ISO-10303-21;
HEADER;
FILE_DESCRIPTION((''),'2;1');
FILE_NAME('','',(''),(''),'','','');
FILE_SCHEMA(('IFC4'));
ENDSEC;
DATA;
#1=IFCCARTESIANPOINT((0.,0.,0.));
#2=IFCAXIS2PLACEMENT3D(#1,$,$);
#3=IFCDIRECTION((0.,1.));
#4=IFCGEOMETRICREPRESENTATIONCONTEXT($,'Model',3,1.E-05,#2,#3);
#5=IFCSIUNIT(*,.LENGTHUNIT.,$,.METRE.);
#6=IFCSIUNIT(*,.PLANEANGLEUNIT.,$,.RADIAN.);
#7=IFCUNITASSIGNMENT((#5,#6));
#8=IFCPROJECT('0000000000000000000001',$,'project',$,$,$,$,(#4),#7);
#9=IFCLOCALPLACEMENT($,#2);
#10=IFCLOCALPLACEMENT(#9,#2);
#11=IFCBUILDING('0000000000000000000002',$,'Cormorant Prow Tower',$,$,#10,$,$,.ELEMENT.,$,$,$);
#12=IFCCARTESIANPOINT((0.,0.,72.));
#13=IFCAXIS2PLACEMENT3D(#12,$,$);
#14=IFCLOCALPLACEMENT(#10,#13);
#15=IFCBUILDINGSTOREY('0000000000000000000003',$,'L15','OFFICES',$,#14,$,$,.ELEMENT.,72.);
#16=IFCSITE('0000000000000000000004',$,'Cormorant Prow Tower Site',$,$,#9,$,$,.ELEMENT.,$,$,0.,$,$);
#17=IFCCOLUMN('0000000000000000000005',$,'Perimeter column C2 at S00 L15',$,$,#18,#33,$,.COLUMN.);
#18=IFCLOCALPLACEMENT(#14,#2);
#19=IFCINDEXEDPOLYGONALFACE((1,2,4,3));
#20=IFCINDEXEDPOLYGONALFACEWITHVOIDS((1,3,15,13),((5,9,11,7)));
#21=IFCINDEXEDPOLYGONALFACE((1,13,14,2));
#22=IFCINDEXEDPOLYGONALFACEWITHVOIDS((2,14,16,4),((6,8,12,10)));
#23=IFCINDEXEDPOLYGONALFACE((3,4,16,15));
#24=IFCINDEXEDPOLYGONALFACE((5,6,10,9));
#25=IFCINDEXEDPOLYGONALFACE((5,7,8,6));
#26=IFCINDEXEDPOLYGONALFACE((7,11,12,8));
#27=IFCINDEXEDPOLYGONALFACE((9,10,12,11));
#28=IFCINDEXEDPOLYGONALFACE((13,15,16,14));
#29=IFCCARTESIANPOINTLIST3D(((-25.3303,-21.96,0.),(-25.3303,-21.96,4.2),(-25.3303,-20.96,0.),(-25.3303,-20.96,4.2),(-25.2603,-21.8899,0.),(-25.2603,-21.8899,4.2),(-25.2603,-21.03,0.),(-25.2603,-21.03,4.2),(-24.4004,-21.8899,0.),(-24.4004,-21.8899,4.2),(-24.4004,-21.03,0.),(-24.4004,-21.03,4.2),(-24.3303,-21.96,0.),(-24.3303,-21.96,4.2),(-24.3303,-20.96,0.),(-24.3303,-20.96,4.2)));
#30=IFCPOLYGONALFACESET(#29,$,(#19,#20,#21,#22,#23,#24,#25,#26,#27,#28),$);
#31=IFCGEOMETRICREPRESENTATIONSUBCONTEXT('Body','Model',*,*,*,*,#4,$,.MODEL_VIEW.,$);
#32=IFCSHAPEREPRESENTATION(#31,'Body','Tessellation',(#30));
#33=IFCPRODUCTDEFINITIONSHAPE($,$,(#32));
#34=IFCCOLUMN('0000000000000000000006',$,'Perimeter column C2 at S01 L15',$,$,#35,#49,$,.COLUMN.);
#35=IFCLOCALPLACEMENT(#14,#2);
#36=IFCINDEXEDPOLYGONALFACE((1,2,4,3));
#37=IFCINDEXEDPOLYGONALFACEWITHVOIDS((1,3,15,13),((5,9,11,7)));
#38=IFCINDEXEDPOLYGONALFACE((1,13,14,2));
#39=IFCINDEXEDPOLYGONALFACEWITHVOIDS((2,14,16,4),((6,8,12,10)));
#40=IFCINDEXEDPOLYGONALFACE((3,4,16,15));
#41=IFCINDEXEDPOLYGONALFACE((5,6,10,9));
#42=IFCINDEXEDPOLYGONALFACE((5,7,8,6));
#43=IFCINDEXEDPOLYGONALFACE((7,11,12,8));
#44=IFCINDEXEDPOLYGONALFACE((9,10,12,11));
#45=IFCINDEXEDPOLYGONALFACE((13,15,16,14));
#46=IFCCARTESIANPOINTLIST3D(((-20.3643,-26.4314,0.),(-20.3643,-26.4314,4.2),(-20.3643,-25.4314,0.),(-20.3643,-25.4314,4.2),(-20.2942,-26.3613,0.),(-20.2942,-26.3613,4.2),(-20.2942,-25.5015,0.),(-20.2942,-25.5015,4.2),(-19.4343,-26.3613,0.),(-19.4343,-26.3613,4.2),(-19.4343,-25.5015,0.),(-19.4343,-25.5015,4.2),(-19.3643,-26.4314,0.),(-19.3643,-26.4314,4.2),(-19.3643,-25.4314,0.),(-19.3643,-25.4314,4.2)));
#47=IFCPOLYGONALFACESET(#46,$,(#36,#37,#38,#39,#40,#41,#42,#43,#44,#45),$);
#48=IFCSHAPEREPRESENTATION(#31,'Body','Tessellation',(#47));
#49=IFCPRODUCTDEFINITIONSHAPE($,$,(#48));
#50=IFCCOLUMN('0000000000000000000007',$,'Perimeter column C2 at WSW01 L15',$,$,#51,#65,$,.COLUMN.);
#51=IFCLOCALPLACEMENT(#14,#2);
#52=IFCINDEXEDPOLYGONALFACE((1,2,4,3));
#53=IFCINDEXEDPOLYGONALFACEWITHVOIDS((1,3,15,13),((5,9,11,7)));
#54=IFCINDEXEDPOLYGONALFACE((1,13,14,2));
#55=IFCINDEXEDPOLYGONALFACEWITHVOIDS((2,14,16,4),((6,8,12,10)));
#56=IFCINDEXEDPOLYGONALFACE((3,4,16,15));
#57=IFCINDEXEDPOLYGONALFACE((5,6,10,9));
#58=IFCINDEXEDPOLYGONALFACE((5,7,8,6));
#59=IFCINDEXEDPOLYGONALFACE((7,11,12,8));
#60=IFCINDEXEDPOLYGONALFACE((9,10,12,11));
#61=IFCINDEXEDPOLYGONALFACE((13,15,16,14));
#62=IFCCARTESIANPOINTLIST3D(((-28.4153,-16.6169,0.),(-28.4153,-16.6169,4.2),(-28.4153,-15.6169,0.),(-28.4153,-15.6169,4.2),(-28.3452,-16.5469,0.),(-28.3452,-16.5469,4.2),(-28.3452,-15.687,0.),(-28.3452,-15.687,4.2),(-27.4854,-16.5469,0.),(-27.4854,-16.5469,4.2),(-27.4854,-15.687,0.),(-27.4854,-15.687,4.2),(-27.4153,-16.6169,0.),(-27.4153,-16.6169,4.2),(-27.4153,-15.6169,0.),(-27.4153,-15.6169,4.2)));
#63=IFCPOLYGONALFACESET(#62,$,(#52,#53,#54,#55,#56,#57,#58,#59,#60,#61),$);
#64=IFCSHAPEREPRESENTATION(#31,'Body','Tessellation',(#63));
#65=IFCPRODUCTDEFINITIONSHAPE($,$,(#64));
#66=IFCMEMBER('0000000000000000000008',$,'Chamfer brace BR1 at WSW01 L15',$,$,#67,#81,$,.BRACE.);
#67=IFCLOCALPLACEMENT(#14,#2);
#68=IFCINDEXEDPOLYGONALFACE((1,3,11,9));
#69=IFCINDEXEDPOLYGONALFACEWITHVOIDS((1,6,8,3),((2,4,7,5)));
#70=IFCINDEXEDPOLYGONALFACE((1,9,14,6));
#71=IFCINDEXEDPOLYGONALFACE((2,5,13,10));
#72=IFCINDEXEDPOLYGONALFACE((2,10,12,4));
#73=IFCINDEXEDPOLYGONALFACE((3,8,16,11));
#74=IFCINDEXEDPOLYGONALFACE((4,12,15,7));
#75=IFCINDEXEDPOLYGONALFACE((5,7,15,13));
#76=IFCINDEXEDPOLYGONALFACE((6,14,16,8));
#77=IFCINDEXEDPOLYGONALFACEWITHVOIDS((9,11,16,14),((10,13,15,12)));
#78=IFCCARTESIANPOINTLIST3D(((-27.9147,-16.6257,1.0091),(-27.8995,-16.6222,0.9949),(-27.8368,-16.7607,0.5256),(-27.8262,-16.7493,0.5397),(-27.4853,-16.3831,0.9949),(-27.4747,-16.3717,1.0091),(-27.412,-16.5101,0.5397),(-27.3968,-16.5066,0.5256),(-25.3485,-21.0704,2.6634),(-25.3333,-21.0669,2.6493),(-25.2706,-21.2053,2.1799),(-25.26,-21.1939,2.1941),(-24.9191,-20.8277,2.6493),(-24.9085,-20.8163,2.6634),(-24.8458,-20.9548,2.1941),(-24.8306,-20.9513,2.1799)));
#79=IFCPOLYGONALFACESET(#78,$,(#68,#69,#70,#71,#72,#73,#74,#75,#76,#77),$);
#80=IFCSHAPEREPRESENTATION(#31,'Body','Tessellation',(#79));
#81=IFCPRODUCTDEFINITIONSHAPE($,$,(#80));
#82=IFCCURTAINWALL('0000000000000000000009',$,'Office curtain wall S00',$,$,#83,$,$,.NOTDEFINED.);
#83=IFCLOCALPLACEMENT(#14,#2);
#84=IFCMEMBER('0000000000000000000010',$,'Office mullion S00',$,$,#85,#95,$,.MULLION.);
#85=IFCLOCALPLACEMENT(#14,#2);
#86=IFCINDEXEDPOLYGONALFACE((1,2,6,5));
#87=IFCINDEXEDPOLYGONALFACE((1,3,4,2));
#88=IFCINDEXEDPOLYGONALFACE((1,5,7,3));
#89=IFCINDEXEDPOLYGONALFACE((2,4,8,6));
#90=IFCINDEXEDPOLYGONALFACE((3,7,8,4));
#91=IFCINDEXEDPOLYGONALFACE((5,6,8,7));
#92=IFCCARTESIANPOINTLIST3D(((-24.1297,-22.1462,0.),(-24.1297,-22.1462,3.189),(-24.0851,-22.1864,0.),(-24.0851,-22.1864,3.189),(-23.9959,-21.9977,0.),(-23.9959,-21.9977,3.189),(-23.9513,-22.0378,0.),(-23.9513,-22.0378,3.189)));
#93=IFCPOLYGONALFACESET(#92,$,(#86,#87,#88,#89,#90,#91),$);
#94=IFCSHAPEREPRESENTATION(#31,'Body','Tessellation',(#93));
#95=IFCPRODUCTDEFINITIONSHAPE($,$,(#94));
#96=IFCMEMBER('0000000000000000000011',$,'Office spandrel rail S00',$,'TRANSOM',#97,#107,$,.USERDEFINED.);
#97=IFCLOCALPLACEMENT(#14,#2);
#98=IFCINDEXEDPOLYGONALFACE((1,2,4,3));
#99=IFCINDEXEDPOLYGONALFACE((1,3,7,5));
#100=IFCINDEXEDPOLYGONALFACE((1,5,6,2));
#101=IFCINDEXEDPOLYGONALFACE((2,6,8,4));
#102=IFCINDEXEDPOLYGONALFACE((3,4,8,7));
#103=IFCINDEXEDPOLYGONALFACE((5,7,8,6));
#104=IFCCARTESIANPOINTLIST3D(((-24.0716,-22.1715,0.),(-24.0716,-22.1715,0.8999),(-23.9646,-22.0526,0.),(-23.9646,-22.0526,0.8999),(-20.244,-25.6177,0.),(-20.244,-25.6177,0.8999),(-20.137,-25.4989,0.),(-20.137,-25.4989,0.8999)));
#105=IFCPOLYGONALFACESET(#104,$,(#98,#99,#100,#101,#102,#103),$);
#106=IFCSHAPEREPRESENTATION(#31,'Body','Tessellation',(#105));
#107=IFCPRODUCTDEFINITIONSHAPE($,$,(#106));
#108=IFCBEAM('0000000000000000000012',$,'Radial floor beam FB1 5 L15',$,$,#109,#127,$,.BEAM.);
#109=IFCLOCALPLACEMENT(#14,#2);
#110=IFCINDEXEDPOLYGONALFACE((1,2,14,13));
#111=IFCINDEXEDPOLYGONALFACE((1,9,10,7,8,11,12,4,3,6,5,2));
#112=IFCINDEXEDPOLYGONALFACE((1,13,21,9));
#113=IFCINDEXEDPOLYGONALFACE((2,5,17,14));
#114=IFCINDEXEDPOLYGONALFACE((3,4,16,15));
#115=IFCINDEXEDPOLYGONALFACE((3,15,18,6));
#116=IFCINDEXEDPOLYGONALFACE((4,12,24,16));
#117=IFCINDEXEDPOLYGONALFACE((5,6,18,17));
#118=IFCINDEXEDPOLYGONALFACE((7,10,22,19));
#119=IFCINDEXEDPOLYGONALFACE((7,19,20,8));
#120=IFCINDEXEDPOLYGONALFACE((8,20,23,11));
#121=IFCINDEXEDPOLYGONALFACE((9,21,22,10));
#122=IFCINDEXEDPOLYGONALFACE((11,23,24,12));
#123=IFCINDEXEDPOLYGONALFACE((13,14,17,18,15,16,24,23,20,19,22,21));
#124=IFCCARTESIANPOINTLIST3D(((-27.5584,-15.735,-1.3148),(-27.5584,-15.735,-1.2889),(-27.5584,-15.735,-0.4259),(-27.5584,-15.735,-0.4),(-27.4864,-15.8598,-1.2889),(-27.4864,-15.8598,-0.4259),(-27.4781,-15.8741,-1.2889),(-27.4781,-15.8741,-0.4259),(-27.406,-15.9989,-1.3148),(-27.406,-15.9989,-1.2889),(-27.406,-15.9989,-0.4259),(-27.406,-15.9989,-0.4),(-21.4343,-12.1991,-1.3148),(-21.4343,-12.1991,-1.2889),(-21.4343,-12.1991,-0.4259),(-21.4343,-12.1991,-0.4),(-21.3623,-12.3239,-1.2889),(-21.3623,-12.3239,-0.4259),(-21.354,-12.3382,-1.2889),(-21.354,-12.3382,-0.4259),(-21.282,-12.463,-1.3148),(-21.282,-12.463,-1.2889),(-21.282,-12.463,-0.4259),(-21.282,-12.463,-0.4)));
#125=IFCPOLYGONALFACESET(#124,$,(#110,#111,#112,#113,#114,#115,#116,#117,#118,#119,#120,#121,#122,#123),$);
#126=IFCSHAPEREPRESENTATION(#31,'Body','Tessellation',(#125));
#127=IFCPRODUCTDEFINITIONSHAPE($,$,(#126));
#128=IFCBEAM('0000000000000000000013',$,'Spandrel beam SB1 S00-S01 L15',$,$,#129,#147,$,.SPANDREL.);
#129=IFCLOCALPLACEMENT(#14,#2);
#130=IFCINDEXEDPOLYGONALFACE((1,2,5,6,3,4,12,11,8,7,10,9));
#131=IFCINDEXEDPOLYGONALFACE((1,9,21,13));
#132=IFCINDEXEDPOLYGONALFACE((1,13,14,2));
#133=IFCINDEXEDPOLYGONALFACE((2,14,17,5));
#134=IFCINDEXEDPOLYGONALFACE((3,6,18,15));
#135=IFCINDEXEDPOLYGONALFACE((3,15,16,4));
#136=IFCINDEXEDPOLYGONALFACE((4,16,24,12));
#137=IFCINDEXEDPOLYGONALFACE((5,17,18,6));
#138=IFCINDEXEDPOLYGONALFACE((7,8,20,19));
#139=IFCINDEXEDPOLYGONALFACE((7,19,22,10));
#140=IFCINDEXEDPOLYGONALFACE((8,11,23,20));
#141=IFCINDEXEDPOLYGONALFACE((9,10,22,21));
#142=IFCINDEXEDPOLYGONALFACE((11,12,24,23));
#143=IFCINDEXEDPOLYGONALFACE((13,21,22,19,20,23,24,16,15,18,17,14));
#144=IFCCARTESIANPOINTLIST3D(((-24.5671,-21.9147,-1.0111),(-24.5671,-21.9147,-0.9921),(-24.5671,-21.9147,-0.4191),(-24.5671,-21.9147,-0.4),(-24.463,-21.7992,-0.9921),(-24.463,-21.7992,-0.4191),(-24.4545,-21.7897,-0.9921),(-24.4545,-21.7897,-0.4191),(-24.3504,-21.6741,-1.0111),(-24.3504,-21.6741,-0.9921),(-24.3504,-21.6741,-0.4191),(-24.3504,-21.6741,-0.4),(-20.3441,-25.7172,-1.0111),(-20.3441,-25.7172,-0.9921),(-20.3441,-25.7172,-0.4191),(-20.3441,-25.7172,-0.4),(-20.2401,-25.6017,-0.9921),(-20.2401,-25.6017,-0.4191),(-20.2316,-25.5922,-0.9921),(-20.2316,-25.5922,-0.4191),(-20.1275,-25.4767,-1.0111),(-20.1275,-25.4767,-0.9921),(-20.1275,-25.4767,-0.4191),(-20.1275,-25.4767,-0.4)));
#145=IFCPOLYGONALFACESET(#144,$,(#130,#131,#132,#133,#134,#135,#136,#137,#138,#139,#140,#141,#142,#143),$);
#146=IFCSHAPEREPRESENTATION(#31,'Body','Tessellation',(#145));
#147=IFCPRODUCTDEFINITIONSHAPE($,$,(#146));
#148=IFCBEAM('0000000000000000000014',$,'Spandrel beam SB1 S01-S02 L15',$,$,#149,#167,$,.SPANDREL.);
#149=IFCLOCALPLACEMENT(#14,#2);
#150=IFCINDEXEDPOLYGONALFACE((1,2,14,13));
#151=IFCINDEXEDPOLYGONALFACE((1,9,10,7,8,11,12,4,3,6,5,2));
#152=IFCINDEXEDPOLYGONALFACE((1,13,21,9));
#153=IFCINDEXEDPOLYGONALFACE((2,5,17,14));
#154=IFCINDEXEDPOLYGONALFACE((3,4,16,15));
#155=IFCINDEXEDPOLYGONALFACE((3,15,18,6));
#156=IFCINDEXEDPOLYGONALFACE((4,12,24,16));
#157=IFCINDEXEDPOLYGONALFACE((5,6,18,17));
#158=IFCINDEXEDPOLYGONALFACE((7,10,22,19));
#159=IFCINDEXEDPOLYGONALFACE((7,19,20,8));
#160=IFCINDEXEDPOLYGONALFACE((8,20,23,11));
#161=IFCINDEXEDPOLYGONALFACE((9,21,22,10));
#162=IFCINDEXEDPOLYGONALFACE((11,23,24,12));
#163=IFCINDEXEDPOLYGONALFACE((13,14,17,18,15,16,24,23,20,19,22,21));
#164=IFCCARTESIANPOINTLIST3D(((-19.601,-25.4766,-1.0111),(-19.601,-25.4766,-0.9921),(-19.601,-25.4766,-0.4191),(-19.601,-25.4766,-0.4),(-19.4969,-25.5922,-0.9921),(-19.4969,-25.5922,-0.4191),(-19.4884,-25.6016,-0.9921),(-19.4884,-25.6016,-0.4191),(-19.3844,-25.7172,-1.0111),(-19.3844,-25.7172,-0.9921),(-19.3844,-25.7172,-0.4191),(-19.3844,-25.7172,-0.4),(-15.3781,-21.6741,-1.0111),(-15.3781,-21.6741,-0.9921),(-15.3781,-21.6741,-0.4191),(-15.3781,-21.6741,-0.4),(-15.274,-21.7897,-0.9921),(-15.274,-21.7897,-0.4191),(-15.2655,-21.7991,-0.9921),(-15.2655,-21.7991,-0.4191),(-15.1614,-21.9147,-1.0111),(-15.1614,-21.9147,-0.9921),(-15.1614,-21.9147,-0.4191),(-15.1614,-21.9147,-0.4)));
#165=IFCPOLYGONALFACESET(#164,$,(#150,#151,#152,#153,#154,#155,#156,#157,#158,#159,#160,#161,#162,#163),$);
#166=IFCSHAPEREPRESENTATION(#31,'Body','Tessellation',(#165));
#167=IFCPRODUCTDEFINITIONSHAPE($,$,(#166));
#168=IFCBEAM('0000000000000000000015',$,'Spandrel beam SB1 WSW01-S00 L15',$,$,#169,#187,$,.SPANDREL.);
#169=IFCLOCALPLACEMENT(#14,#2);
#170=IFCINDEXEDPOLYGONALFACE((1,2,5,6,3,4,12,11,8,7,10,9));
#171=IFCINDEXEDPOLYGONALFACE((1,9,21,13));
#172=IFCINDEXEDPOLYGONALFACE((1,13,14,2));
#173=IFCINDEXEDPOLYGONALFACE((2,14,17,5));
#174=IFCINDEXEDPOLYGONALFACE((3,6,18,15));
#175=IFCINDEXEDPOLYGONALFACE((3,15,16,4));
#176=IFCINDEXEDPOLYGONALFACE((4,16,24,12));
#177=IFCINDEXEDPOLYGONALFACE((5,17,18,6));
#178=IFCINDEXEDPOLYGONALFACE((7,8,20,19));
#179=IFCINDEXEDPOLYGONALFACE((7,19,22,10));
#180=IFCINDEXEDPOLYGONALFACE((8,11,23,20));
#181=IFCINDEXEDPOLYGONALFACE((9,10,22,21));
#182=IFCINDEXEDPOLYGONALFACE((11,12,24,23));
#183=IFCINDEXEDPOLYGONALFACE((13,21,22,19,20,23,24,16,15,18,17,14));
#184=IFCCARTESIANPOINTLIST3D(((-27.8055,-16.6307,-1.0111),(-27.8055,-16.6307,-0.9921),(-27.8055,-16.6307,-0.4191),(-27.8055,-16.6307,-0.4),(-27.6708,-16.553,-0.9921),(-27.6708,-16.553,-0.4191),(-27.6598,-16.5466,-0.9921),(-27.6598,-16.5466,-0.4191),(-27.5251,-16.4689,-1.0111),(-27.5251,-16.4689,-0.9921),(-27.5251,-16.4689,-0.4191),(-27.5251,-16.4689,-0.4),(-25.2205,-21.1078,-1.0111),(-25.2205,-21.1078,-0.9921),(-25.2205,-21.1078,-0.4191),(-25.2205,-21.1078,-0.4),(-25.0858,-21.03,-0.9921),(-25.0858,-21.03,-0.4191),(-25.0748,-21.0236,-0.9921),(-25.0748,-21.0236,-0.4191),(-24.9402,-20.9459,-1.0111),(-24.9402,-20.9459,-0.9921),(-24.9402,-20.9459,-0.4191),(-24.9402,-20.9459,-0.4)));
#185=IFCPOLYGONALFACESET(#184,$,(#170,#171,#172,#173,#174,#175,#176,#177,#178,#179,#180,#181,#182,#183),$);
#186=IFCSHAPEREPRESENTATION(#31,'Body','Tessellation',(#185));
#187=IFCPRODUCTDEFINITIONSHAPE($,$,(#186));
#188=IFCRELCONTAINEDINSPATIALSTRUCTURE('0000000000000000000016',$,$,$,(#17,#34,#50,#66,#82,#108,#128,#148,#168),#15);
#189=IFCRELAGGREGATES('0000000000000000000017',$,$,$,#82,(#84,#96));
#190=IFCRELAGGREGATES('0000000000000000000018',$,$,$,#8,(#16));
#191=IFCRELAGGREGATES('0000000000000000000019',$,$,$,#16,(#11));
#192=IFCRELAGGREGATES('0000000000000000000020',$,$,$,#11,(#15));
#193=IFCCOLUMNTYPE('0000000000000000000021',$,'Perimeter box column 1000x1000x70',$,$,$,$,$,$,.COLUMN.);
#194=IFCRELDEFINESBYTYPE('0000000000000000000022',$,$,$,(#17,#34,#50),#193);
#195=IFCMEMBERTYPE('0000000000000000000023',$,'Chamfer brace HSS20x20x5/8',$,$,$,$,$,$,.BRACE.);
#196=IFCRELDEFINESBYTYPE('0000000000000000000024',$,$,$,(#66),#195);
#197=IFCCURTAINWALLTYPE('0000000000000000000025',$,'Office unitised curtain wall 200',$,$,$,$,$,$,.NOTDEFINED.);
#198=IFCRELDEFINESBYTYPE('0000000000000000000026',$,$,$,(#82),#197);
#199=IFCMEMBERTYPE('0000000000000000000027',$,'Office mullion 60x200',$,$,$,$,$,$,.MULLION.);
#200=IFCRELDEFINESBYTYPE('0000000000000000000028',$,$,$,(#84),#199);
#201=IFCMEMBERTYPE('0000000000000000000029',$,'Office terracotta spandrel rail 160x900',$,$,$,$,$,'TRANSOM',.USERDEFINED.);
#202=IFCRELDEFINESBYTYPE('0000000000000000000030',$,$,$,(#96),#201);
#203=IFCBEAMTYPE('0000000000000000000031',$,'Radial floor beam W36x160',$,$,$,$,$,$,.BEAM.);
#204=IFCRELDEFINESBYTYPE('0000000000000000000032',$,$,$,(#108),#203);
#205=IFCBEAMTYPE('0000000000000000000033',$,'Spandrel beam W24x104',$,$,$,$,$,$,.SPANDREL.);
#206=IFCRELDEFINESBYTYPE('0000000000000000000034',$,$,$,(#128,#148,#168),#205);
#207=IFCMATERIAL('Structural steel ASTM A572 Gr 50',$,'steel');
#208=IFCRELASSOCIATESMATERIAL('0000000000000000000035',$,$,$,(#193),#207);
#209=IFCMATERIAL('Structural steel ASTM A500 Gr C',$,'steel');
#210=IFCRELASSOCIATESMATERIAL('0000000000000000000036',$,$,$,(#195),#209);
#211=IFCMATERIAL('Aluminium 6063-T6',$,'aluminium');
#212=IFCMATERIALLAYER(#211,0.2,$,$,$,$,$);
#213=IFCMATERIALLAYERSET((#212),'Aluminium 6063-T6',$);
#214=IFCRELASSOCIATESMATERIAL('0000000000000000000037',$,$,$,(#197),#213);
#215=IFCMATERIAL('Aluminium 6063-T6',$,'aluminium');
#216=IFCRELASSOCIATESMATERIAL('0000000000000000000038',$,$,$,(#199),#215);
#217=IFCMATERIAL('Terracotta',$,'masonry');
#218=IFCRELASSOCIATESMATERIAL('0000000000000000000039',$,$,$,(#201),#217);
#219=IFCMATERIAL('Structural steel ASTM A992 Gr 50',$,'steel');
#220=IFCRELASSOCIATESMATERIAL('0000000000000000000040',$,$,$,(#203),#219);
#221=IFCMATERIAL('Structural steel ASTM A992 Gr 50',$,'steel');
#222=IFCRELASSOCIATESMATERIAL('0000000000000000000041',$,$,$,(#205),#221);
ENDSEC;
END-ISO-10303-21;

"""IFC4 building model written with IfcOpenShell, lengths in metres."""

from ifc_helpers import new_model, si_unit, direction, frame, origin, origin_2d, place, context, subcontext, project, spatial, rectangle, hollow_rectangle, i_section, extrude, material, layer, layer_set, material_profile, profile_set, type_object, element, aggregate, save


model = new_model("IFC4")

# Units and contexts
model_context = context("Model", 3, precision=1e-05, world=origin(), true_north=direction((0.0, 1.0)))
body_context = subcontext(model_context, "Body", "Model", "MODEL_VIEW")
ifc_project = project(units=[si_unit("LENGTHUNIT", "METRE"), si_unit("PLANEANGLEUNIT", "RADIAN")], contexts=[model_context])

# Site, building, storey
site_placement = place(None, origin())
site = spatial("IfcSite", under=ifc_project, at=site_placement, Name="Cormorant Prow Tower Site", CompositionType="ELEMENT", RefElevation=0.0)
building_placement = place(site_placement, origin())
building = spatial("IfcBuilding", under=site, at=building_placement, Name="Cormorant Prow Tower", CompositionType="ELEMENT")
storey_placement = place(building_placement, frame((0.0, 0.0, 72.0)))
storey = spatial("IfcBuildingStorey", under=building, at=storey_placement, Name="L15", Description="OFFICES", CompositionType="ELEMENT", Elevation=72.0)

# Columns
ifc_material_1 = material(Name="Structural steel ASTM A572 Gr 50", Category="steel")
ifc_material_profile_1 = material_profile(ifc_material_1, hollow_rectangle(XDim=1.0, YDim=1.0, WallThickness=0.0701, at=origin_2d()), Name="Box 1000x1000x70")
ifc_profile_set_1 = profile_set([ifc_material_profile_1], Name="Structural steel ASTM A572 Gr 50")
column_type = type_object("IfcColumnType", Name="Perimeter box column 1000x1000x70", PredefinedType="COLUMN", material=ifc_profile_set_1)
for number, where, z_axis, x_axis, name in (
    (1, (-24.8303, -21.46, 0.0), (0.0, 0.0, 1.0), (1.0, 0.0, 0.0), "Perimeter column C2 at S00 L15"),
    (2, (-19.8643, -25.9314, 0.0), (0.0, 0.0, 1.0), (1.0, 0.0, 0.0), "Perimeter column C2 at S01 L15"),
    (3, (-27.9153, -16.1169, 0.0), (0.0, 0.0, 1.0), (1.0, 0.0, 0.0), "Perimeter column C2 at WSW01 L15"),
):
    element("IfcColumn", number, at=place(storey_placement, frame(where, z_axis=z_axis, x_axis=x_axis)), inside=storey, type_object=column_type, Name=name, PredefinedType="COLUMN", context=body_context, shape_type="SweptSolid", body=[
        extrude(hollow_rectangle(XDim=1.0, YDim=1.0, WallThickness=0.0701, at=origin_2d()), origin(), (0.0, 0.0, 1.0), 4.2),
    ])

# Member
ifc_material_2 = material(Name="Structural steel ASTM A500 Gr C", Category="steel")
ifc_material_profile_2 = material_profile(ifc_material_2, hollow_rectangle(XDim=0.5081, YDim=0.5081, WallThickness=0.0149, at=origin_2d()), Name="HSS20x20x5/8")
ifc_profile_set_2 = profile_set([ifc_material_profile_2], Name="Structural steel ASTM A500 Gr C")
member_type_1 = type_object("IfcMemberType", Name="Chamfer brace HSS20x20x5/8", PredefinedType="BRACE", material=ifc_profile_set_2)
member_1_placement = place(storey_placement, frame((-27.6558, -16.5662, 0.7673), z_axis=(0.4759, -0.824256, 0.306793), x_axis=(0.866018, 0.500012, 0.0)))
element("IfcMember", 4, at=member_1_placement, inside=storey, type_object=member_type_1, Name="Chamfer brace BR1 at WSW01 L15", PredefinedType="BRACE", context=body_context, shape_type="SweptSolid", body=[
    extrude(hollow_rectangle(XDim=0.5081, YDim=0.5081, WallThickness=0.0149, at=origin_2d()), origin(), (0.0, 0.0, 1.0), 5.3923),
])

# Curtain wall, members
ifc_material_3 = material(Name="Aluminium 6063-T6", Category="aluminium")
ifc_layer_1 = layer(ifc_material_3, 0.2)
ifc_layer_set_1 = layer_set([ifc_layer_1], Name="Aluminium 6063-T6")
curtain_wall_type = type_object("IfcCurtainWallType", Name="Office unitised curtain wall 200", PredefinedType="NOTDEFINED", material=ifc_layer_set_1)
curtain_wall_placement = place(storey_placement, origin())
curtain_wall = element("IfcCurtainWall", 5, at=curtain_wall_placement, inside=storey, type_object=curtain_wall_type, Name="Office curtain wall S00", PredefinedType="NOTDEFINED")
ifc_material_4 = material(Name="Aluminium 6063-T6", Category="aluminium")
ifc_material_profile_3 = material_profile(ifc_material_4, rectangle(XDim=0.2, YDim=0.0601, at=origin_2d()), Name="Office mullion 60x200")
ifc_profile_set_3 = profile_set([ifc_material_profile_3], Name="Aluminium 6063-T6")
member_type_2 = type_object("IfcMemberType", Name="Office mullion 60x200", PredefinedType="MULLION", material=ifc_profile_set_3)
member_2_placement = place(storey_placement, frame((-24.0405, -22.092, 0.0), z_axis=(0.0, 0.0, 1.0), x_axis=(0.669131, 0.743145, 0.0)))
member_2 = element("IfcMember", 6, at=member_2_placement, type_object=member_type_2, Name="Office mullion S00", PredefinedType="MULLION", context=body_context, shape_type="SweptSolid", body=[
    extrude(rectangle(XDim=0.2, YDim=0.0601, at=origin_2d()), origin(), (0.0, 0.0, 1.0), 3.189),
])
ifc_material_5 = material(Name="Terracotta", Category="masonry")
ifc_material_profile_4 = material_profile(ifc_material_5, rectangle(XDim=0.1599, YDim=0.8999, at=origin_2d()), Name="Office terracotta spandrel rail 160x900")
ifc_profile_set_4 = profile_set([ifc_material_profile_4], Name="Terracotta")
member_type_3 = type_object("IfcMemberType", Name="Office terracotta spandrel rail 160x900", ElementType="TRANSOM", PredefinedType="USERDEFINED", material=ifc_profile_set_4)
member_3_placement = place(storey_placement, frame((-24.0181, -22.1121, 0.45), z_axis=(0.743157, -0.669117, 0.0), x_axis=(0.669117, 0.743157, 0.0)))
member_3 = element("IfcMember", 7, at=member_3_placement, type_object=member_type_3, Name="Office spandrel rail S00", ObjectType="TRANSOM", PredefinedType="USERDEFINED", context=body_context, shape_type="SweptSolid", body=[
    extrude(rectangle(XDim=0.1599, YDim=0.8999, at=origin_2d()), origin(), (0.0, 0.0, 1.0), 5.1504),
])

# Beams
ifc_material_6 = material(Name="Structural steel ASTM A992 Gr 50", Category="steel")
ifc_material_profile_5 = material_profile(ifc_material_6, i_section(OverallWidth=0.3047, OverallDepth=0.9148, WebThickness=0.0166, FlangeThickness=0.0259, at=origin_2d()), Name="W36x160")
ifc_profile_set_5 = profile_set([ifc_material_profile_5], Name="Structural steel ASTM A992 Gr 50")
beam_type_1 = type_object("IfcBeamType", Name="Radial floor beam W36x160", PredefinedType="BEAM", material=ifc_profile_set_5)
beam_1_placement = place(storey_placement, frame((-21.3582, -12.3311, -0.8574), z_axis=(-0.866014, -0.500019, 0.0), x_axis=(0.500019, -0.866014, 0.0)))
element("IfcBeam", 8, at=beam_1_placement, inside=storey, type_object=beam_type_1, Name="Radial floor beam FB1 5 L15", PredefinedType="BEAM", context=body_context, shape_type="SweptSolid", body=[
    extrude(i_section(OverallWidth=0.3047, OverallDepth=0.9148, WebThickness=0.0166, FlangeThickness=0.0259, at=origin_2d()), origin(), (0.0, 0.0, 1.0), 7.0715),
])
ifc_material_7 = material(Name="Structural steel ASTM A992 Gr 50", Category="steel")
ifc_material_profile_6 = material_profile(ifc_material_7, i_section(OverallWidth=0.3237, OverallDepth=0.6111, WebThickness=0.0127, FlangeThickness=0.019, at=origin_2d()), Name="W24x104")
ifc_profile_set_6 = profile_set([ifc_material_profile_6], Name="Structural steel ASTM A992 Gr 50")
beam_type_2 = type_object("IfcBeamType", Name="Spandrel beam W24x104", PredefinedType="SPANDREL", material=ifc_profile_set_6)
for number, where, z_axis, x_axis, name in (
    (9, (-24.4587, -21.7944, -0.7056), (0.74313, -0.669147, 0.0), (0.669147, 0.74313, 0.0), "Spandrel beam SB1 S00-S01 L15"),
    (10, (-19.4927, -25.5969, -0.7056), (0.74313, 0.669147, 0.0), (-0.669147, 0.74313, 0.0), "Spandrel beam SB1 S01-S02 L15"),
):
    element("IfcBeam", number, at=place(storey_placement, frame(where, z_axis=z_axis, x_axis=x_axis)), inside=storey, type_object=beam_type_2, Name=name, PredefinedType="SPANDREL", context=body_context, shape_type="SweptSolid", body=[
        extrude(i_section(OverallWidth=0.3237, OverallDepth=0.6111, WebThickness=0.0127, FlangeThickness=0.019, at=origin_2d()), origin(), (0.0, 0.0, 1.0), 5.6826),
    ])
beam_2_placement = place(storey_placement, frame((-27.6653, -16.5498, -0.7056), z_axis=(0.50002, -0.866014, 0.0), x_axis=(0.866014, 0.50002, 0.0)))
element("IfcBeam", 11, at=beam_2_placement, inside=storey, type_object=beam_type_2, Name="Spandrel beam SB1 WSW01-S00 L15", PredefinedType="SPANDREL", context=body_context, shape_type="SweptSolid", body=[
    extrude(i_section(OverallWidth=0.3237, OverallDepth=0.6111, WebThickness=0.0127, FlangeThickness=0.019, at=origin_2d()), origin(), (0.0, 0.0, 1.0), 5.1697),
])

aggregate(curtain_wall, [member_2, member_3])

save(model, "model.ifc")
